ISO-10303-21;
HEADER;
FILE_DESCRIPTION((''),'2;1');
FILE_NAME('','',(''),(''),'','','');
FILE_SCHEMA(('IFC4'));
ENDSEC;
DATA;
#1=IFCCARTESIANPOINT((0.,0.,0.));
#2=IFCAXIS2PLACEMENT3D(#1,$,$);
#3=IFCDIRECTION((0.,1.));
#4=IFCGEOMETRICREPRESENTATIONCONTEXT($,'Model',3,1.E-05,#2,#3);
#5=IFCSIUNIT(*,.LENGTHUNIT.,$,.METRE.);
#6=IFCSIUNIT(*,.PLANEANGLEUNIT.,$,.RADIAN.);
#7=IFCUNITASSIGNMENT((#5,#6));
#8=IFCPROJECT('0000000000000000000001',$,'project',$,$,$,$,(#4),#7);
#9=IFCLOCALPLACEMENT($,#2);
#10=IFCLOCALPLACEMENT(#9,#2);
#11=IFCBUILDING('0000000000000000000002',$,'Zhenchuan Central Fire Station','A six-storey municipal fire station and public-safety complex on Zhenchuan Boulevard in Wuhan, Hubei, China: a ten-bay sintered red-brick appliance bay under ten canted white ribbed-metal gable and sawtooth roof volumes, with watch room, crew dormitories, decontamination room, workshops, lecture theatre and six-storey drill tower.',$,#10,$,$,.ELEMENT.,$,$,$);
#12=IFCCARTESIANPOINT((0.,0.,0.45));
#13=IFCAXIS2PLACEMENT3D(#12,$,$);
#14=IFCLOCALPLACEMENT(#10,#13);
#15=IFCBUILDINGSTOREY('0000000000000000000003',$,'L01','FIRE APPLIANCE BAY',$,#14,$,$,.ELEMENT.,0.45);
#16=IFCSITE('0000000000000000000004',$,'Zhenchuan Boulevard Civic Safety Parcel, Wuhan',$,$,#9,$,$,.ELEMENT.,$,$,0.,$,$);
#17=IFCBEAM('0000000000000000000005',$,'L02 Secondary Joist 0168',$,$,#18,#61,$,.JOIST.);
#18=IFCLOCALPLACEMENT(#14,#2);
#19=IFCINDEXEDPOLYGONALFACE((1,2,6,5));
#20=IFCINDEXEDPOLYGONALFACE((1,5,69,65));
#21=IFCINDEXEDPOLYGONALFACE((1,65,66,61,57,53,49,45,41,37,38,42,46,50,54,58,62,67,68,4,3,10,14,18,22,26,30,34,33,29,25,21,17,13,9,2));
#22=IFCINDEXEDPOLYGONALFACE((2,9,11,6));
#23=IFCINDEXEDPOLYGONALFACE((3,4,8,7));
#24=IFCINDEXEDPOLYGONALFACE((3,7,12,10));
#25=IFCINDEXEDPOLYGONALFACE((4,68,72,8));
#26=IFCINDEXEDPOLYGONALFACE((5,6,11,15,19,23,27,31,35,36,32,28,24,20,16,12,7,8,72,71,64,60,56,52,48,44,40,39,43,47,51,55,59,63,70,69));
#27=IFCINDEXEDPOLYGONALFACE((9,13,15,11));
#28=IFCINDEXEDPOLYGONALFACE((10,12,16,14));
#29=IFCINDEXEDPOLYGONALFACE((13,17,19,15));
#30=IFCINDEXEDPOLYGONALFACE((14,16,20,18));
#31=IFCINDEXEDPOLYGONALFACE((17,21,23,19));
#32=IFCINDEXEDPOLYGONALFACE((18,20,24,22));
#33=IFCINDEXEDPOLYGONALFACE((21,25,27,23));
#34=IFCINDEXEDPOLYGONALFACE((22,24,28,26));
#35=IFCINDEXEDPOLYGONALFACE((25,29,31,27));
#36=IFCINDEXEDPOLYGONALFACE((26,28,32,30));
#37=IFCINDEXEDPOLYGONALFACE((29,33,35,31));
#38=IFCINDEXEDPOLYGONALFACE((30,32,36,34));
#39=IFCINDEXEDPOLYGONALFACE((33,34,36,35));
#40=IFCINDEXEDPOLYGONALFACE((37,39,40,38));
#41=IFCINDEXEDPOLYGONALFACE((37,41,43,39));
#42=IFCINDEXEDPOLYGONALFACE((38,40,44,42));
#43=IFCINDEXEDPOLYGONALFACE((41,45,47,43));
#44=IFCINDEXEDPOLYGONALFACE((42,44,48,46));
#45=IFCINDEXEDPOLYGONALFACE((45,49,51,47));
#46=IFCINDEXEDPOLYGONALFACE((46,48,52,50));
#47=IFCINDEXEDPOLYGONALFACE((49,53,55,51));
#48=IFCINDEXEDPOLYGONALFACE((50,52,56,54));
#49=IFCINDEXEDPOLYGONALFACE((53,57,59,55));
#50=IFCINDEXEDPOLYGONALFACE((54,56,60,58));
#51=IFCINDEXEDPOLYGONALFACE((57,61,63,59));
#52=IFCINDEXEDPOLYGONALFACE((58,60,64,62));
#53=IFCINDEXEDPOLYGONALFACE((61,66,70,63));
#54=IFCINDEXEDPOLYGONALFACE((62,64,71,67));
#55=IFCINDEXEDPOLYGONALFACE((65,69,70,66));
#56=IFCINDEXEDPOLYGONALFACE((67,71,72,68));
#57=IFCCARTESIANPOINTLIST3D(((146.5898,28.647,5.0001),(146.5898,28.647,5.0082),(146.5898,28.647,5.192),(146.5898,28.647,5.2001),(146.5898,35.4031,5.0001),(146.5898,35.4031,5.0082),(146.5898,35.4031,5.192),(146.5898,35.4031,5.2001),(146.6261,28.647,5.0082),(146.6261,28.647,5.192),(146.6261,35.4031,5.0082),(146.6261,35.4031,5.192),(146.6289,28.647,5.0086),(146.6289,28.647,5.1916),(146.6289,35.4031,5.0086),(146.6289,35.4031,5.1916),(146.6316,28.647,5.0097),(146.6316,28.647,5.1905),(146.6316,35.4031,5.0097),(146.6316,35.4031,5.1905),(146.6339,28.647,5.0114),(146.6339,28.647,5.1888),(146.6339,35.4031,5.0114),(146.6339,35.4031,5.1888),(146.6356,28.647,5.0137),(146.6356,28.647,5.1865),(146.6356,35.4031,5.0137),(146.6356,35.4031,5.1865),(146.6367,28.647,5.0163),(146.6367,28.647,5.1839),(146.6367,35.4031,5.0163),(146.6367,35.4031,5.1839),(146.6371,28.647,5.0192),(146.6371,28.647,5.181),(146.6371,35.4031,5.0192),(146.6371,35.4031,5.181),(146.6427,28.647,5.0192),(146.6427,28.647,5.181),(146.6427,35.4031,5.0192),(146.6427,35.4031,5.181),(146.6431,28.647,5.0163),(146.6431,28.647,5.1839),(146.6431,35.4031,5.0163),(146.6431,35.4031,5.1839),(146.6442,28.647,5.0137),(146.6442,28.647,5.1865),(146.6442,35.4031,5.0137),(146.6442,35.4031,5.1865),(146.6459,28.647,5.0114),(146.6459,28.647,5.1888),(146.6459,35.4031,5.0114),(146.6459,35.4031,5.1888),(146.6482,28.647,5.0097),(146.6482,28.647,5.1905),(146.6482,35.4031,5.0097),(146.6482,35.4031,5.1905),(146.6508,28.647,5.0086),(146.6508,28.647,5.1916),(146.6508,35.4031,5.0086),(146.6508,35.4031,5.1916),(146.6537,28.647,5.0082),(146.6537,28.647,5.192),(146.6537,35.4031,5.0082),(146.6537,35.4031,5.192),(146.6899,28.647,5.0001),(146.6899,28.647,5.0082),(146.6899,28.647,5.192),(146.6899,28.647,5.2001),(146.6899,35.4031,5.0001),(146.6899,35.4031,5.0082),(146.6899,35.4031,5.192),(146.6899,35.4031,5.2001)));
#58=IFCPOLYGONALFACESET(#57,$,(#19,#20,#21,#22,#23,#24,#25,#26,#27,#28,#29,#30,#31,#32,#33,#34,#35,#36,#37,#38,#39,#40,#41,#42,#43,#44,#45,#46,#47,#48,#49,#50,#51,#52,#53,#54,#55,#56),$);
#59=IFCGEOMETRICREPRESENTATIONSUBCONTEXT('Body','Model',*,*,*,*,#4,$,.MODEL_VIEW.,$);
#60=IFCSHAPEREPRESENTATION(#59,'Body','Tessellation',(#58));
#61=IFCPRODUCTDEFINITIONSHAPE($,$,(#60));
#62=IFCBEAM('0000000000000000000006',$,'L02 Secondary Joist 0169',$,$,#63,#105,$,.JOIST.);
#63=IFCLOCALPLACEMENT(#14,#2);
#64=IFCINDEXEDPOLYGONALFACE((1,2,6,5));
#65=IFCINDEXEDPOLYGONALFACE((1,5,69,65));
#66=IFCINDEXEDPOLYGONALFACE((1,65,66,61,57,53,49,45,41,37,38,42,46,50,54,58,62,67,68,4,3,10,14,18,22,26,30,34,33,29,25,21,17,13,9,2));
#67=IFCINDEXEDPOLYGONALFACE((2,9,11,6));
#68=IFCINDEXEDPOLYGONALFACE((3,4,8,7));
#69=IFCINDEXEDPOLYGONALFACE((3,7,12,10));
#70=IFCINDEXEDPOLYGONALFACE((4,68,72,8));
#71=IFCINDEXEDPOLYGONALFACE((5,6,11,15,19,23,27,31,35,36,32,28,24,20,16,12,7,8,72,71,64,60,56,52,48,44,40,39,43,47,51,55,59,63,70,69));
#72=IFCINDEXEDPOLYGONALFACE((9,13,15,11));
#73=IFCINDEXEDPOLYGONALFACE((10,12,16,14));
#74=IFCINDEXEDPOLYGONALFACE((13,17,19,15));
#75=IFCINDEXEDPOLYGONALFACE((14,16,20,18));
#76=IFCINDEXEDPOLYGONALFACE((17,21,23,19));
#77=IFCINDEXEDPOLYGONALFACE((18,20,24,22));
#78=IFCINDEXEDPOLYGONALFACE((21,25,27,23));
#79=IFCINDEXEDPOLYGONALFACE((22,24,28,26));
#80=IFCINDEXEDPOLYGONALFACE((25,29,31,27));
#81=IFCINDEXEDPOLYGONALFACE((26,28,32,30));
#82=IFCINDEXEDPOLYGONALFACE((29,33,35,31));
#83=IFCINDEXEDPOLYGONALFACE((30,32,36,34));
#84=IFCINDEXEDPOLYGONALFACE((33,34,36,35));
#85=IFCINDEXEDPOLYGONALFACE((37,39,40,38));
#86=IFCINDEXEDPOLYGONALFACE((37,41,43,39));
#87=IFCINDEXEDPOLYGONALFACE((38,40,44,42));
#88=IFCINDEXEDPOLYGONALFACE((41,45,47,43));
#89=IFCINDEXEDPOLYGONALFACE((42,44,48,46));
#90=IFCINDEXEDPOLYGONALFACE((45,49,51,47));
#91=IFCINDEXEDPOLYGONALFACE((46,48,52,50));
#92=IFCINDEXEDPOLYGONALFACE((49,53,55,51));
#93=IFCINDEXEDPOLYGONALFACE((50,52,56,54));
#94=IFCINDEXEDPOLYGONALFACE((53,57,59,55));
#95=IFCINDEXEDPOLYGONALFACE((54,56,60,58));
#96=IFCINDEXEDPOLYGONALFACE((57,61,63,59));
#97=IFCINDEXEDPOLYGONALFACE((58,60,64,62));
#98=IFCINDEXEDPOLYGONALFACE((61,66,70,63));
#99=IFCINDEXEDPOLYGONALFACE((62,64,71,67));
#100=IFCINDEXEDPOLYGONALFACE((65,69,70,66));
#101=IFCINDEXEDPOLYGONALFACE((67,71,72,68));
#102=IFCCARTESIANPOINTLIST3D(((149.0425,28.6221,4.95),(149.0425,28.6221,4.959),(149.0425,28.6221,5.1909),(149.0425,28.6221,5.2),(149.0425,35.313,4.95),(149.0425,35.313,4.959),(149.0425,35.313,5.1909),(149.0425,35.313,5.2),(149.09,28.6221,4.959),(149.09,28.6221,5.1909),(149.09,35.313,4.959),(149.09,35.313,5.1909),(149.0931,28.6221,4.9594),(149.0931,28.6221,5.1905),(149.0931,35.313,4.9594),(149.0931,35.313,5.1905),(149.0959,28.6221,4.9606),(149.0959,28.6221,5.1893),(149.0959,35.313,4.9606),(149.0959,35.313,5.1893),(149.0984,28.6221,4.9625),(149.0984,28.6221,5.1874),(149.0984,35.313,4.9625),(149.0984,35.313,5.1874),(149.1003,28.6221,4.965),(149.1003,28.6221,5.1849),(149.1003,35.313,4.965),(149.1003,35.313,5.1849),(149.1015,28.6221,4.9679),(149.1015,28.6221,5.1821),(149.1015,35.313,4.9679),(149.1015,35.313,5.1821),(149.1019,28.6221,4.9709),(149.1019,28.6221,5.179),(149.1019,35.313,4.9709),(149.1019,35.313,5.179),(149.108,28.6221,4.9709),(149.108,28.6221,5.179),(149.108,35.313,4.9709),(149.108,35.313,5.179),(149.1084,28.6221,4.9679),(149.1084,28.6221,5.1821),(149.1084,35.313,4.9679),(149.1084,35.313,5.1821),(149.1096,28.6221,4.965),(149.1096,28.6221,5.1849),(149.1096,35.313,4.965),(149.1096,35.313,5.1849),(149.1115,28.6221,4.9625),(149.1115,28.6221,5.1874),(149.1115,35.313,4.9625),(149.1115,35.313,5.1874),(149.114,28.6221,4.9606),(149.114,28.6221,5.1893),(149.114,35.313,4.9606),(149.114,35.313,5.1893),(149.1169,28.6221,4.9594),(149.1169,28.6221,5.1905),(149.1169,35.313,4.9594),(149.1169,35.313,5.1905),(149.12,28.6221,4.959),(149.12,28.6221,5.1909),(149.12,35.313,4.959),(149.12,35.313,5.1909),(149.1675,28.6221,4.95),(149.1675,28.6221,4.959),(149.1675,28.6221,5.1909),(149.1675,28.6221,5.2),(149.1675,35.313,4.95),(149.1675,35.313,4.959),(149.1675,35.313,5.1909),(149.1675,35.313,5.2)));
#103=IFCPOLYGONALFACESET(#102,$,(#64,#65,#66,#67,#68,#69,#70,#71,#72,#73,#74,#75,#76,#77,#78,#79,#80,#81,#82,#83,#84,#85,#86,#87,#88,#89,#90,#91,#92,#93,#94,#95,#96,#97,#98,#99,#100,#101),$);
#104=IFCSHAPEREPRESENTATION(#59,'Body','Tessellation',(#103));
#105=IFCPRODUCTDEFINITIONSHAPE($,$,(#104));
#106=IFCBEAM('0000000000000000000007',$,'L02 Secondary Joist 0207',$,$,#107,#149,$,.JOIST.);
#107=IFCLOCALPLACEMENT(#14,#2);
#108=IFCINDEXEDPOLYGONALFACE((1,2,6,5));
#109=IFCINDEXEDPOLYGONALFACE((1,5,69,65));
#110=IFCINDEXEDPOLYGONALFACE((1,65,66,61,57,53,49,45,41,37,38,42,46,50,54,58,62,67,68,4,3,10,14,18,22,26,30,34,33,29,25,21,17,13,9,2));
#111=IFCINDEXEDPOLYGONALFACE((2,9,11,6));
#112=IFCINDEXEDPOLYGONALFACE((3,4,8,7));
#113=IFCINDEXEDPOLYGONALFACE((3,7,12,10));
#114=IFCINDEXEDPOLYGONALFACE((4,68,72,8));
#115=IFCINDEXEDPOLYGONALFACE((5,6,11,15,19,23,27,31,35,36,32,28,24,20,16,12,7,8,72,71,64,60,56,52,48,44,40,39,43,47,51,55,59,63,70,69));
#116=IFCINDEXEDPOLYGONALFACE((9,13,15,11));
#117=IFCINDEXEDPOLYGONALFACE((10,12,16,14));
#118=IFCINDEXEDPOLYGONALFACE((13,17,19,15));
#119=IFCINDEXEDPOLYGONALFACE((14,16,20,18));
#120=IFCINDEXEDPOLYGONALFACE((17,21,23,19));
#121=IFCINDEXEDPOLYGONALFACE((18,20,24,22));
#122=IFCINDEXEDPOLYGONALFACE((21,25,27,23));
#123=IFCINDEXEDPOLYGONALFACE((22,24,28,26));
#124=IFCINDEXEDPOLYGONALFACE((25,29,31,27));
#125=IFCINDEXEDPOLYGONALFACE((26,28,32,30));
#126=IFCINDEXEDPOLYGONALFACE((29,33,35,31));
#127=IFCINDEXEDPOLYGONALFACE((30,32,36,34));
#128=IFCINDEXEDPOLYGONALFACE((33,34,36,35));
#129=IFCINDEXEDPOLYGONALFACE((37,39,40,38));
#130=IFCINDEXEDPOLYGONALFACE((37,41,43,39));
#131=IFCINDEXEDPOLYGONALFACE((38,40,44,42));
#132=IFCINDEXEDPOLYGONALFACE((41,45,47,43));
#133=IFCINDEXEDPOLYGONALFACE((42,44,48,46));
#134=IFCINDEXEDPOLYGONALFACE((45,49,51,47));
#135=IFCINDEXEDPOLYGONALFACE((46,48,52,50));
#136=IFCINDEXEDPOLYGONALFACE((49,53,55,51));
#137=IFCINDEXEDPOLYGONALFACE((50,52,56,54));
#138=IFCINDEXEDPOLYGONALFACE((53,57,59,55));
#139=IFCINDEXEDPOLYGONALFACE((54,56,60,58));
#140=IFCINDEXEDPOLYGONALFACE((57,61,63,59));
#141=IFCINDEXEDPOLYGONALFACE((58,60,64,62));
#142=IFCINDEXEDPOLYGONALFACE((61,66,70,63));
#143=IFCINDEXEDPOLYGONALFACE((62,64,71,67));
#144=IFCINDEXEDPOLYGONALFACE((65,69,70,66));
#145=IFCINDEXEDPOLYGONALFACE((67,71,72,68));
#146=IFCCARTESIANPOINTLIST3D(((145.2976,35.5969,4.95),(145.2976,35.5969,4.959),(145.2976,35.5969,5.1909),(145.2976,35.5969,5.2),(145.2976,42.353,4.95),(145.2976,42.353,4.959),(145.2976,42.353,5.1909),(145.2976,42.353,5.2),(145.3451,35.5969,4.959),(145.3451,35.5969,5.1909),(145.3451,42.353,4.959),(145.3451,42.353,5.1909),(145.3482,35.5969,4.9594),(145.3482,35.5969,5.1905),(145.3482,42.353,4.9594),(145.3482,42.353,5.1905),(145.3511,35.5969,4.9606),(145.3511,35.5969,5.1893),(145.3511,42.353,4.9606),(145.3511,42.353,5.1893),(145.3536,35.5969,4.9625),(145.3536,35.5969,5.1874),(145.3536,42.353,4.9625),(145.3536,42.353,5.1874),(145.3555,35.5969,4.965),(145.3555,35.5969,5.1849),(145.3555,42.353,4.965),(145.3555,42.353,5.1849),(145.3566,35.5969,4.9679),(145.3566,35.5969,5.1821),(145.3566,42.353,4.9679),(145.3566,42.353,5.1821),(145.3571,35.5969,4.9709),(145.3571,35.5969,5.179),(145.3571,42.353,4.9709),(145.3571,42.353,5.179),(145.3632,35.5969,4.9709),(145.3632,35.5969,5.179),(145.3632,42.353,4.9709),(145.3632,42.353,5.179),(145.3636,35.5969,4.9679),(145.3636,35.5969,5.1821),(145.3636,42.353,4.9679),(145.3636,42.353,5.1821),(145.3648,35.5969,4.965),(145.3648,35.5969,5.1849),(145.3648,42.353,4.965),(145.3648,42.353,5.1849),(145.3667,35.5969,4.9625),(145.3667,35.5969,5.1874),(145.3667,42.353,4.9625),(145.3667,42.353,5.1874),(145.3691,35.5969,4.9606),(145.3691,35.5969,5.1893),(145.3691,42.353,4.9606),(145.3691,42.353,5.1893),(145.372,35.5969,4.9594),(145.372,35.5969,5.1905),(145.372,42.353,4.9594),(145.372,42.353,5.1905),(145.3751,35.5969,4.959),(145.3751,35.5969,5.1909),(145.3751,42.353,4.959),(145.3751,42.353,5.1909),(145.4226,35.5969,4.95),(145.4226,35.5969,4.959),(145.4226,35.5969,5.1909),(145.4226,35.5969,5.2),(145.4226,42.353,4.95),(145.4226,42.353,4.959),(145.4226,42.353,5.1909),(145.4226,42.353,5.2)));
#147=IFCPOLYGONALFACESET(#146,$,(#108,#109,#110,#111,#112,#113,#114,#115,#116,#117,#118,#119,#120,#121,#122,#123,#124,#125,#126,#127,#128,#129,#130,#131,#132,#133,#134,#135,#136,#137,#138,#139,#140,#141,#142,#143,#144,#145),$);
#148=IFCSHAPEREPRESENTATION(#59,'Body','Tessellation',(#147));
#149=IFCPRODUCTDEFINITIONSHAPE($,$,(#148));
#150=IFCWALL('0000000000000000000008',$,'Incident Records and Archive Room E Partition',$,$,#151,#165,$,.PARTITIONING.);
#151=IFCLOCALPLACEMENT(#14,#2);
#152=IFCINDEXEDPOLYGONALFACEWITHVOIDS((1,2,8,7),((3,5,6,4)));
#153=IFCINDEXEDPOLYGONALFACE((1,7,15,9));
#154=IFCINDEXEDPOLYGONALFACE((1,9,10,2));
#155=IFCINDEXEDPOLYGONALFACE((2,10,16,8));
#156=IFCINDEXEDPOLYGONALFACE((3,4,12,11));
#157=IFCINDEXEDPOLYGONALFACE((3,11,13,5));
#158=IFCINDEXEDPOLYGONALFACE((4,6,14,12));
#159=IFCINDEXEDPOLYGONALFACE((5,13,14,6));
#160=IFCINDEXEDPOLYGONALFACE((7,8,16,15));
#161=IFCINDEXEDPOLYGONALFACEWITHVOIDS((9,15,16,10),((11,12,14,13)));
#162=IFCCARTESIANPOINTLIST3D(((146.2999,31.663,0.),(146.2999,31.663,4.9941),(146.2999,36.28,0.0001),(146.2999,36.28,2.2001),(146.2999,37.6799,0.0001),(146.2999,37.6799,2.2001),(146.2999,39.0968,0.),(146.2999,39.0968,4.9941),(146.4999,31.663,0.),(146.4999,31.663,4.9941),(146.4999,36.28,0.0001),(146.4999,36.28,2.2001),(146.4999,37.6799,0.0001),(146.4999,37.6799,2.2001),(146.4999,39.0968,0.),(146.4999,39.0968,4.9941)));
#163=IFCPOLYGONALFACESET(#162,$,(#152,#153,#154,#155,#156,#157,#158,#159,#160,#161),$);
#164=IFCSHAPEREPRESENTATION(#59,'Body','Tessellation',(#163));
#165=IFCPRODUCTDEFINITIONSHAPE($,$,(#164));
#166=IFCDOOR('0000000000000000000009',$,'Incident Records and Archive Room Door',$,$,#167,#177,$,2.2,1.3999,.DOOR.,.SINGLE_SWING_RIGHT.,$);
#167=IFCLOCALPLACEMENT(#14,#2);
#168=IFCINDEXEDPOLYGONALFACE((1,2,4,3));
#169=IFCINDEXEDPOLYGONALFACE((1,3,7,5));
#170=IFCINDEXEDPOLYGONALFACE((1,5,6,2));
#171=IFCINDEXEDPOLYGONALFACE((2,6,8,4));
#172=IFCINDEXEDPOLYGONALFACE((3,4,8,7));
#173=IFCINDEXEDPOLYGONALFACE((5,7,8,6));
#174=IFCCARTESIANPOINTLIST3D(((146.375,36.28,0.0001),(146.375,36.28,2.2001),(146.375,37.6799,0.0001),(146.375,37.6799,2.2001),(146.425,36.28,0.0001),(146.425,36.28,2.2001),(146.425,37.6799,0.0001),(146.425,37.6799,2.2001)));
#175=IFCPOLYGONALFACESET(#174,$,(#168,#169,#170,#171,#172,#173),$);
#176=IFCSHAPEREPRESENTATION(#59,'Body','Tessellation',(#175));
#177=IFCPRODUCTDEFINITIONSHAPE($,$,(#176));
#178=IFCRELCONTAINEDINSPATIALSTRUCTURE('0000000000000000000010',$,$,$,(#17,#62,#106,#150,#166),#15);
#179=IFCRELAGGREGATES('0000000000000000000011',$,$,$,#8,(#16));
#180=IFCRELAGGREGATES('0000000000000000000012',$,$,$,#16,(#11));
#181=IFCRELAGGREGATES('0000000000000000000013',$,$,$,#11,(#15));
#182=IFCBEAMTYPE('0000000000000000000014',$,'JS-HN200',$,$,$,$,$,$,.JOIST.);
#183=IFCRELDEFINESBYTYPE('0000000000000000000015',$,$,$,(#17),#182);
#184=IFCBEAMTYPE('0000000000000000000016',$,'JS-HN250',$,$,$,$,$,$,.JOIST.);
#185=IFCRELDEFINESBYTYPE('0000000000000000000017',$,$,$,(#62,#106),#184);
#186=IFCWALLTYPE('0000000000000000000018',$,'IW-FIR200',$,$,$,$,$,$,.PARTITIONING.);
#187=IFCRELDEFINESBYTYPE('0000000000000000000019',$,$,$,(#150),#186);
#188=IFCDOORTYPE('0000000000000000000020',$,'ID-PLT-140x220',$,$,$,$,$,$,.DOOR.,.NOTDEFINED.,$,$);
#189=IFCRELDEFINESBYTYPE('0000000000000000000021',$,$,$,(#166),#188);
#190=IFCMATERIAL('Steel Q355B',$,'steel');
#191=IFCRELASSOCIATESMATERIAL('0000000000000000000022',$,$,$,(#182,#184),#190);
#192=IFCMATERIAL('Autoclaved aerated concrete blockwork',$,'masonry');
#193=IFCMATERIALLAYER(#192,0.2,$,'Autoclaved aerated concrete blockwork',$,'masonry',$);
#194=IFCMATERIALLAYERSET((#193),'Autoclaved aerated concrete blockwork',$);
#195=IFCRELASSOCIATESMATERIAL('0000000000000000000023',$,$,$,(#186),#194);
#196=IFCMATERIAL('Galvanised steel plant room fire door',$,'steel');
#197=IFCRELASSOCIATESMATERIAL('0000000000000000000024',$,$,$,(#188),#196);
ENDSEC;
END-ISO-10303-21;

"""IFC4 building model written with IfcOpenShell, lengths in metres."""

from ifc_helpers import new_model, si_unit, direction, frame, frame_2d, origin, origin_2d, place, context, subcontext, project, spatial, rectangle, i_section, extrude, material, layer, layer_set, material_profile, profile_set, type_object, element, fill, save


model = new_model("IFC4")

# Units and contexts
model_context = context("Model", 3, precision=1e-05, world=origin(), true_north=direction((0.0, 1.0)))
body_context = subcontext(model_context, "Body", "Model", "MODEL_VIEW")
ifc_project = project(units=[si_unit("LENGTHUNIT", "METRE"), si_unit("PLANEANGLEUNIT", "RADIAN")], contexts=[model_context])

# Site, building, storey
site_placement = place(None, origin())
site = spatial("IfcSite", under=ifc_project, at=site_placement, Name="Zhenchuan Boulevard Civic Safety Parcel, Wuhan", CompositionType="ELEMENT", RefElevation=0.0)
building_placement = place(site_placement, origin())
building = spatial("IfcBuilding", under=site, at=building_placement, Name="Zhenchuan Central Fire Station", Description="A six-storey municipal fire station and public-safety complex on Zhenchuan Boulevard in Wuhan, Hubei, China: a ten-bay sintered red-brick appliance bay under ten canted white ribbed-metal gable and sawtooth roof volumes, with watch room, crew dormitories, decontamination room, workshops, lecture theatre and six-storey drill tower.", CompositionType="ELEMENT")
storey_placement = place(building_placement, frame((0.0, 0.0, 0.45)))
storey = spatial("IfcBuildingStorey", under=building, at=storey_placement, Name="L01", Description="FIRE APPLIANCE BAY", CompositionType="ELEMENT", Elevation=0.45)

# Shared definitions
ifc_material_1 = material(Name="Steel Q355B", Category="steel")

# Beams
ifc_material_profile_1 = material_profile(ifc_material_1, i_section(OverallWidth=0.1001, OverallDepth=0.2, WebThickness=0.0056, FlangeThickness=0.0081, FilletRadius=0.011, at=origin_2d()), Name="HN 200x100")
ifc_profile_set_1 = profile_set([ifc_material_profile_1], Name="Steel Q355B")
beam_type_1 = type_object("IfcBeamType", Name="JS-HN200", PredefinedType="JOIST", material=ifc_profile_set_1)
beam_1_placement = place(storey_placement, frame((146.6399, 28.647, 5.1001), z_axis=(0.0, 1.0, 0.0), x_axis=(-1.0, 0.0, 0.0)))
element("IfcBeam", 1, at=beam_1_placement, inside=storey, type_object=beam_type_1, Name="L02 Secondary Joist 0168", PredefinedType="JOIST", context=body_context, shape_type="SweptSolid", body=[
    extrude(i_section(OverallWidth=0.1001, OverallDepth=0.2, WebThickness=0.0056, FlangeThickness=0.0081, FilletRadius=0.011, at=origin_2d()), origin(), (0.0, 0.0, 1.0), 6.7561),
])
ifc_material_profile_2 = material_profile(ifc_material_1, i_section(OverallWidth=0.125, OverallDepth=0.25, WebThickness=0.0061, FlangeThickness=0.009, FilletRadius=0.012, at=origin_2d()), Name="HN 250x125")
ifc_profile_set_2 = profile_set([ifc_material_profile_2], Name="Steel Q355B")
beam_type_2 = type_object("IfcBeamType", Name="JS-HN250", PredefinedType="JOIST", material=ifc_profile_set_2)
beam_2_placement = place(storey_placement, frame((149.105, 28.6221, 5.075), z_axis=(0.0, 1.0, 0.0), x_axis=(-1.0, 0.0, 0.0)))
element("IfcBeam", 2, at=beam_2_placement, inside=storey, type_object=beam_type_2, Name="L02 Secondary Joist 0169", PredefinedType="JOIST", context=body_context, shape_type="SweptSolid", body=[
    extrude(i_section(OverallWidth=0.125, OverallDepth=0.25, WebThickness=0.0061, FlangeThickness=0.009, FilletRadius=0.012, at=origin_2d()), origin(), (0.0, 0.0, 1.0), 6.6909),
])
beam_3_placement = place(storey_placement, frame((145.3601, 35.5969, 5.075), z_axis=(0.0, 1.0, 0.0), x_axis=(-1.0, 0.0, 0.0)))
element("IfcBeam", 3, at=beam_3_placement, inside=storey, type_object=beam_type_2, Name="L02 Secondary Joist 0207", PredefinedType="JOIST", context=body_context, shape_type="SweptSolid", body=[
    extrude(i_section(OverallWidth=0.125, OverallDepth=0.25, WebThickness=0.0061, FlangeThickness=0.009, FilletRadius=0.012, at=origin_2d()), origin(), (0.0, 0.0, 1.0), 6.7561),
])

# Wall, opening, door
ifc_material_2 = material(Name="Autoclaved aerated concrete blockwork", Category="masonry")
ifc_layer_1 = layer(ifc_material_2, 0.2, Name="Autoclaved aerated concrete blockwork", Category="masonry")
ifc_layer_set_1 = layer_set([ifc_layer_1], Name="Autoclaved aerated concrete blockwork")
wall_type_1 = type_object("IfcWallType", Name="IW-FIR200", PredefinedType="PARTITIONING", material=ifc_layer_set_1)
wall_1_placement = place(storey_placement, frame((146.3999, 31.6631, 0.0), z_axis=(0.0, 0.0, 1.0), x_axis=(0.0, 1.0, 0.0)))
wall_1 = element("IfcWall", 4, at=wall_1_placement, inside=storey, type_object=wall_type_1, Name="Incident Records and Archive Room E Partition", PredefinedType="PARTITIONING", context=body_context, shape_type="SweptSolid", body=[
    extrude(rectangle(XDim=7.4338, YDim=0.2, at=frame_2d((3.7168, 0.0))), origin(), (0.0, 0.0, 1.0), 4.9941),
])
opening_1_placement = place(wall_1_placement, frame((4.6169, 0.0, 0.0)))
opening_1 = element("IfcOpeningElement", 5, at=opening_1_placement, cuts=wall_1, PredefinedType="OPENING", context=body_context, shape_type="SweptSolid", body=[
    extrude(rectangle(XDim=1.3999, YDim=2.2, at=frame_2d((0.7, 1.1001))), frame((0.0, 0.1099, 0.0), z_axis=(0.0, -1.0, 0.0), x_axis=(1.0, 0.0, 0.0)), (0.0, 0.0, 1.0), 0.22),
])
ifc_material_3 = material(Name="Galvanised steel plant room fire door", Category="steel")
door_type_1 = type_object("IfcDoorType", Name="ID-PLT-140x220", OperationType="NOTDEFINED", PredefinedType="DOOR", material=ifc_material_3)
door_1_placement = place(opening_1_placement, origin())
door_1 = element("IfcDoor", 6, at=door_1_placement, inside=storey, type_object=door_type_1, Name="Incident Records and Archive Room Door", OperationType="SINGLE_SWING_RIGHT", OverallHeight=2.2, OverallWidth=1.3999, PredefinedType="DOOR", context=body_context, shape_type="SweptSolid", body=[
    extrude(rectangle(XDim=1.3999, YDim=2.2, at=frame_2d((0.7, 1.1001))), frame((0.0, 0.0249, 0.0), z_axis=(0.0, -1.0, 0.0), x_axis=(1.0, 0.0, 0.0)), (0.0, 0.0, 1.0), 0.05),
])
fill(opening_1, door_1)

save(model, "model.ifc")
